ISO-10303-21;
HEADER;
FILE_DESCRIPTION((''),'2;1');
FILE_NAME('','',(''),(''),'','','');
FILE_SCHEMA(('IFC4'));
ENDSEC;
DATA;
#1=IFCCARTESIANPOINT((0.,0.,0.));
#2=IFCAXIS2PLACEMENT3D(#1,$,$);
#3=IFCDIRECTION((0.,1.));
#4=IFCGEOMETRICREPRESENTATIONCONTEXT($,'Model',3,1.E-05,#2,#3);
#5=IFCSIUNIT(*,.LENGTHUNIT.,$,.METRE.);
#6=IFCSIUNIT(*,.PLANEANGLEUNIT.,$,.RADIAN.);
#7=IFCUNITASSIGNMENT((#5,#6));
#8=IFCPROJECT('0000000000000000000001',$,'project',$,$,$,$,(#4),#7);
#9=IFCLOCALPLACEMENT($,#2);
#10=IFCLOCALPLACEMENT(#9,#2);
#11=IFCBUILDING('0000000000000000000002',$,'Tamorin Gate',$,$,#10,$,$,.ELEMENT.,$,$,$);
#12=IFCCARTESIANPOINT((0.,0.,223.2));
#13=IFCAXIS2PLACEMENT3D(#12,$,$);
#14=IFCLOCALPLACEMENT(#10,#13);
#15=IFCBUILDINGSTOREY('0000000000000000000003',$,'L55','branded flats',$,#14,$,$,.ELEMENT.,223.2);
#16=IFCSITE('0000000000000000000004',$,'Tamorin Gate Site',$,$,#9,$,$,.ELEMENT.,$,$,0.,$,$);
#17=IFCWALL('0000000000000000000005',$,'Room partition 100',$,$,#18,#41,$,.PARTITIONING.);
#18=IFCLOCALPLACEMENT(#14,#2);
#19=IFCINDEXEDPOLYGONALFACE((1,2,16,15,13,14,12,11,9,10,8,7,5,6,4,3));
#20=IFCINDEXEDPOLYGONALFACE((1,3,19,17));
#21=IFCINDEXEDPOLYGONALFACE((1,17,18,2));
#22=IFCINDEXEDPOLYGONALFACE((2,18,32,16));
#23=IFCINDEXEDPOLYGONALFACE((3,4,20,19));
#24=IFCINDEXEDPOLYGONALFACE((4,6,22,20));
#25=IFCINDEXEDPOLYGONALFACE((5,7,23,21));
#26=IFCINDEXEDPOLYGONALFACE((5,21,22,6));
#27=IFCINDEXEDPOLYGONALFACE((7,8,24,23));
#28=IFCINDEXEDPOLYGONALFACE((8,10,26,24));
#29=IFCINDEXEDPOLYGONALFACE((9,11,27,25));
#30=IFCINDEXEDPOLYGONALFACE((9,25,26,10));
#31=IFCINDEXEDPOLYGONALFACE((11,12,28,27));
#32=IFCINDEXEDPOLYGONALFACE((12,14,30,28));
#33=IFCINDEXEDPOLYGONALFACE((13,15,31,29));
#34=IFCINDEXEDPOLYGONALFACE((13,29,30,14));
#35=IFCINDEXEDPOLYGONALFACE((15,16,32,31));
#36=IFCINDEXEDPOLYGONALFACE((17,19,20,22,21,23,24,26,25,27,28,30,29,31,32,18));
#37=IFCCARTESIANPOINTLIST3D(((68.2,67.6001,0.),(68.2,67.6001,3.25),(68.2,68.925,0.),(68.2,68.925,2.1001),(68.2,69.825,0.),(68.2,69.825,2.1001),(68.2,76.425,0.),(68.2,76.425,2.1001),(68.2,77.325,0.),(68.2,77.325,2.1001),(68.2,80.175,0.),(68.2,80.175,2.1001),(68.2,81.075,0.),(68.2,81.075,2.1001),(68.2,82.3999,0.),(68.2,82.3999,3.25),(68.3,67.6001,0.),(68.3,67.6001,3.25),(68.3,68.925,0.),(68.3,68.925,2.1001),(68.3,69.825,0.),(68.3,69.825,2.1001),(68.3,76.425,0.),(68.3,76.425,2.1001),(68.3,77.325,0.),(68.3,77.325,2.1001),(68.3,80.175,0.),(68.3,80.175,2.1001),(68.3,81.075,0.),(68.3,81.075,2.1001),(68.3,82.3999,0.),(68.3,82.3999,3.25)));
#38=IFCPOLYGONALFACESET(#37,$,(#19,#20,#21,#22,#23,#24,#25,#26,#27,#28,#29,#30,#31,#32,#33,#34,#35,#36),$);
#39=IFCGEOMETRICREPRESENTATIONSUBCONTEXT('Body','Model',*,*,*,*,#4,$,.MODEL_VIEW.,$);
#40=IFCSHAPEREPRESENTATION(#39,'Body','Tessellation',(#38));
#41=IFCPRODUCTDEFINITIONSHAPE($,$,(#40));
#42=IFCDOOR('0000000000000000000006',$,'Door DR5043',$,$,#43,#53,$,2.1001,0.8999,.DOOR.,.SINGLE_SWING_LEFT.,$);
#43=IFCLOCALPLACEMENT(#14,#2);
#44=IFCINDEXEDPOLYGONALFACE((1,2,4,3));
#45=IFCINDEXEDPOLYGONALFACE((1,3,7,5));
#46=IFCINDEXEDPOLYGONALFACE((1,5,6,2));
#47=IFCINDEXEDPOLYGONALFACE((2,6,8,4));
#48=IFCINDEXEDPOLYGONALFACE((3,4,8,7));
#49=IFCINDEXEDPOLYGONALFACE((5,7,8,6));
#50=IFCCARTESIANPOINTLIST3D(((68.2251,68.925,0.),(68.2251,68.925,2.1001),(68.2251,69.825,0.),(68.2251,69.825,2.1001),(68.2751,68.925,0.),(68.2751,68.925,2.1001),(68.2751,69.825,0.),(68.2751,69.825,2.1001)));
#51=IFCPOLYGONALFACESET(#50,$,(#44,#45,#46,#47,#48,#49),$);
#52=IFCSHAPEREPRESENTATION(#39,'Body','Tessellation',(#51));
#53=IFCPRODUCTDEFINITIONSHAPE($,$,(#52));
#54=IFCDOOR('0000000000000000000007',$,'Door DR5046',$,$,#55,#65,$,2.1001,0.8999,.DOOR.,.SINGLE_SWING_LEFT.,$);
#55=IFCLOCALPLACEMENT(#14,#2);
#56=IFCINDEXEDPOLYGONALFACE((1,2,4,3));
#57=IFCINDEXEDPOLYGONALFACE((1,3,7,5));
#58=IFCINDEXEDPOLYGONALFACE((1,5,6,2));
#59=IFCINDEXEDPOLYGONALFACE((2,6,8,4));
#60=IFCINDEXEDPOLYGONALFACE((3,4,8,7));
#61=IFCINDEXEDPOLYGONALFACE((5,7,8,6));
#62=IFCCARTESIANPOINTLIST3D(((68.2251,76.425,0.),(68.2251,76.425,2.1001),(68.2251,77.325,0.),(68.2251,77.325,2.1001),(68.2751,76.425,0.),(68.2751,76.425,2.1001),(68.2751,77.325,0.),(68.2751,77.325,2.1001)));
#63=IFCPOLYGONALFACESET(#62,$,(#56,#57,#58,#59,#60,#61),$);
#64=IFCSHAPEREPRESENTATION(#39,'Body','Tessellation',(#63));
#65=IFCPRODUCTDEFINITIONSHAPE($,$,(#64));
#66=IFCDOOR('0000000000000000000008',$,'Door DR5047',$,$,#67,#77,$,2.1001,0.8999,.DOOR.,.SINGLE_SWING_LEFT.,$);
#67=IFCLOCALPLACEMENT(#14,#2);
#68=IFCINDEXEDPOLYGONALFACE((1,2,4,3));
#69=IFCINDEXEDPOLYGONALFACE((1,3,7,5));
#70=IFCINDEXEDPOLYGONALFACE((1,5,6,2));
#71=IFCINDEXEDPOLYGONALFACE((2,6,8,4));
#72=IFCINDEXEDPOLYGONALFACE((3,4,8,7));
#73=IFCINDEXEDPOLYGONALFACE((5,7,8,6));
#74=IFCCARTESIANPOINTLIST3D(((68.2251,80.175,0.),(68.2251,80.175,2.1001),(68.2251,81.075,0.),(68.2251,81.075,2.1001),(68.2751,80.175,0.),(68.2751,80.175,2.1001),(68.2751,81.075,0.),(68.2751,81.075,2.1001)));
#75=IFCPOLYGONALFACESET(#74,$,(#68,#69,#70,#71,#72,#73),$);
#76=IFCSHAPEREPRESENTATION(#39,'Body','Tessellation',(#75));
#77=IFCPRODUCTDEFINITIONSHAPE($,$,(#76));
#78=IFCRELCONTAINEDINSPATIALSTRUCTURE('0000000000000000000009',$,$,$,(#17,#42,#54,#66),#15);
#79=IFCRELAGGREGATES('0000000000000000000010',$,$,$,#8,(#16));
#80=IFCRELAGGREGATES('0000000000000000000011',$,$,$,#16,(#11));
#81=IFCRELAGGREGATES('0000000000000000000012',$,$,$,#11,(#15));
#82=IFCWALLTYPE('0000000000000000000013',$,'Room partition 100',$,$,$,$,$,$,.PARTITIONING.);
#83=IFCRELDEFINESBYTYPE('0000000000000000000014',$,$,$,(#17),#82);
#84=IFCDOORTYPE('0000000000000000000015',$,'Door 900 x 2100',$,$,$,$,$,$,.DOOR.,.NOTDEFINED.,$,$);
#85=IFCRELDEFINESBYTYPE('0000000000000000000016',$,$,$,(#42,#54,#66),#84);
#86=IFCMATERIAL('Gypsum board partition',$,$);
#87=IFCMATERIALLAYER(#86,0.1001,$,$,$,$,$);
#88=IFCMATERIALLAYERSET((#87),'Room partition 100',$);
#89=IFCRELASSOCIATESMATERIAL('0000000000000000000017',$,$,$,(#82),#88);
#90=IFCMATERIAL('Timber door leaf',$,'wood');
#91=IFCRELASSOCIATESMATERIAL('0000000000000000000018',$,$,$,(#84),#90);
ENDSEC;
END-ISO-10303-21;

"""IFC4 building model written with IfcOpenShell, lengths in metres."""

from ifc_helpers import new_model, si_unit, direction, frame, frame_2d, origin, place, context, subcontext, project, spatial, rectangle, extrude, material, layer, layer_set, type_object, element, fill, save


model = new_model("IFC4")

# Units and contexts
model_context = context("Model", 3, precision=1e-05, world=origin(), true_north=direction((0.0, 1.0)))
body_context = subcontext(model_context, "Body", "Model", "MODEL_VIEW")
ifc_project = project(units=[si_unit("LENGTHUNIT", "METRE"), si_unit("PLANEANGLEUNIT", "RADIAN")], contexts=[model_context])

# Site, building, storey
site_placement = place(None, origin())
site = spatial("IfcSite", under=ifc_project, at=site_placement, Name="Tamorin Gate Site", CompositionType="ELEMENT", RefElevation=0.0)
building_placement = place(site_placement, origin())
building = spatial("IfcBuilding", under=site, at=building_placement, Name="Tamorin Gate", CompositionType="ELEMENT")
storey_placement = place(building_placement, frame((0.0, 0.0, 223.2)))
storey = spatial("IfcBuildingStorey", under=building, at=storey_placement, Name="L55", Description="branded flats", CompositionType="ELEMENT", Elevation=223.2)

# Shared definitions
ifc_material_1 = material(Name="Gypsum board partition")
ifc_layer_1 = layer(ifc_material_1, 0.1001)
ifc_layer_set_1 = layer_set([ifc_layer_1], Name="Room partition 100")
wall_type_1 = type_object("IfcWallType", Name="Room partition 100", PredefinedType="PARTITIONING", material=ifc_layer_set_1)
ifc_material_2 = material(Name="Timber door leaf", Category="wood")
door_type = type_object("IfcDoorType", Name="Door 900 x 2100", OperationType="NOTDEFINED", PredefinedType="DOOR", material=ifc_material_2)

# Wall, openings, doors
wall_1_placement = place(storey_placement, frame((68.25, 67.6001, 0.0), z_axis=(0.0, 0.0, 1.0), x_axis=(0.0, 1.0, 0.0)))
wall_1 = element("IfcWall", 1, at=wall_1_placement, inside=storey, type_object=wall_type_1, Name="Room partition 100", PredefinedType="PARTITIONING", context=body_context, shape_type="SweptSolid", body=[
    extrude(rectangle(XDim=14.7998, YDim=0.1001, at=frame_2d((7.3999, 0.0))), origin(), (0.0, 0.0, 1.0), 3.25),
])
opening_1_placement = place(wall_1_placement, frame((1.325, 0.0, 0.0)))
opening_1 = element("IfcOpeningElement", 2, at=opening_1_placement, cuts=wall_1, PredefinedType="OPENING", context=body_context, shape_type="SweptSolid", body=[
    extrude(rectangle(XDim=0.8999, YDim=2.1001, at=frame_2d((0.45, 1.05))), frame((0.0, 0.0601, 0.0), z_axis=(0.0, -1.0, 0.0), x_axis=(1.0, 0.0, 0.0)), (0.0, 0.0, 1.0), 0.1201),
])
opening_2_placement = place(wall_1_placement, frame((8.825, 0.0, 0.0)))
opening_2 = element("IfcOpeningElement", 3, at=opening_2_placement, cuts=wall_1, PredefinedType="OPENING", context=body_context, shape_type="SweptSolid", body=[
    extrude(rectangle(XDim=0.8999, YDim=2.1001, at=frame_2d((0.45, 1.05))), frame((0.0, 0.0601, 0.0), z_axis=(0.0, -1.0, 0.0), x_axis=(1.0, 0.0, 0.0)), (0.0, 0.0, 1.0), 0.1201),
])
opening_3_placement = place(wall_1_placement, frame((12.575, 0.0, 0.0)))
opening_3 = element("IfcOpeningElement", 4, at=opening_3_placement, cuts=wall_1, PredefinedType="OPENING", context=body_context, shape_type="SweptSolid", body=[
    extrude(rectangle(XDim=0.8999, YDim=2.1001, at=frame_2d((0.45, 1.05))), frame((0.0, 0.0601, 0.0), z_axis=(0.0, -1.0, 0.0), x_axis=(1.0, 0.0, 0.0)), (0.0, 0.0, 1.0), 0.1201),
])
door_1_placement = place(opening_1_placement, origin())
door_1 = element("IfcDoor", 5, at=door_1_placement, inside=storey, type_object=door_type, Name="Door DR5043", OperationType="SINGLE_SWING_LEFT", OverallHeight=2.1001, OverallWidth=0.8999, PredefinedType="DOOR", context=body_context, shape_type="SweptSolid", body=[
    extrude(rectangle(XDim=0.8999, YDim=2.1001, at=frame_2d((0.45, 1.05))), frame((0.0, 0.0249, 0.0), z_axis=(0.0, -1.0, 0.0), x_axis=(1.0, 0.0, 0.0)), (0.0, 0.0, 1.0), 0.05),
])
fill(opening_1, door_1)
door_2_placement = place(opening_2_placement, origin())
door_2 = element("IfcDoor", 6, at=door_2_placement, inside=storey, type_object=door_type, Name="Door DR5046", OperationType="SINGLE_SWING_LEFT", OverallHeight=2.1001, OverallWidth=0.8999, PredefinedType="DOOR", context=body_context, shape_type="SweptSolid", body=[
    extrude(rectangle(XDim=0.8999, YDim=2.1001, at=frame_2d((0.45, 1.05))), frame((0.0, 0.0249, 0.0), z_axis=(0.0, -1.0, 0.0), x_axis=(1.0, 0.0, 0.0)), (0.0, 0.0, 1.0), 0.05),
])
fill(opening_2, door_2)
door_3_placement = place(opening_3_placement, origin())
door_3 = element("IfcDoor", 7, at=door_3_placement, inside=storey, type_object=door_type, Name="Door DR5047", OperationType="SINGLE_SWING_LEFT", OverallHeight=2.1001, OverallWidth=0.8999, PredefinedType="DOOR", context=body_context, shape_type="SweptSolid", body=[
    extrude(rectangle(XDim=0.8999, YDim=2.1001, at=frame_2d((0.45, 1.05))), frame((0.0, 0.0249, 0.0), z_axis=(0.0, -1.0, 0.0), x_axis=(1.0, 0.0, 0.0)), (0.0, 0.0, 1.0), 0.05),
])
fill(opening_3, door_3)

save(model, "model.ifc")
